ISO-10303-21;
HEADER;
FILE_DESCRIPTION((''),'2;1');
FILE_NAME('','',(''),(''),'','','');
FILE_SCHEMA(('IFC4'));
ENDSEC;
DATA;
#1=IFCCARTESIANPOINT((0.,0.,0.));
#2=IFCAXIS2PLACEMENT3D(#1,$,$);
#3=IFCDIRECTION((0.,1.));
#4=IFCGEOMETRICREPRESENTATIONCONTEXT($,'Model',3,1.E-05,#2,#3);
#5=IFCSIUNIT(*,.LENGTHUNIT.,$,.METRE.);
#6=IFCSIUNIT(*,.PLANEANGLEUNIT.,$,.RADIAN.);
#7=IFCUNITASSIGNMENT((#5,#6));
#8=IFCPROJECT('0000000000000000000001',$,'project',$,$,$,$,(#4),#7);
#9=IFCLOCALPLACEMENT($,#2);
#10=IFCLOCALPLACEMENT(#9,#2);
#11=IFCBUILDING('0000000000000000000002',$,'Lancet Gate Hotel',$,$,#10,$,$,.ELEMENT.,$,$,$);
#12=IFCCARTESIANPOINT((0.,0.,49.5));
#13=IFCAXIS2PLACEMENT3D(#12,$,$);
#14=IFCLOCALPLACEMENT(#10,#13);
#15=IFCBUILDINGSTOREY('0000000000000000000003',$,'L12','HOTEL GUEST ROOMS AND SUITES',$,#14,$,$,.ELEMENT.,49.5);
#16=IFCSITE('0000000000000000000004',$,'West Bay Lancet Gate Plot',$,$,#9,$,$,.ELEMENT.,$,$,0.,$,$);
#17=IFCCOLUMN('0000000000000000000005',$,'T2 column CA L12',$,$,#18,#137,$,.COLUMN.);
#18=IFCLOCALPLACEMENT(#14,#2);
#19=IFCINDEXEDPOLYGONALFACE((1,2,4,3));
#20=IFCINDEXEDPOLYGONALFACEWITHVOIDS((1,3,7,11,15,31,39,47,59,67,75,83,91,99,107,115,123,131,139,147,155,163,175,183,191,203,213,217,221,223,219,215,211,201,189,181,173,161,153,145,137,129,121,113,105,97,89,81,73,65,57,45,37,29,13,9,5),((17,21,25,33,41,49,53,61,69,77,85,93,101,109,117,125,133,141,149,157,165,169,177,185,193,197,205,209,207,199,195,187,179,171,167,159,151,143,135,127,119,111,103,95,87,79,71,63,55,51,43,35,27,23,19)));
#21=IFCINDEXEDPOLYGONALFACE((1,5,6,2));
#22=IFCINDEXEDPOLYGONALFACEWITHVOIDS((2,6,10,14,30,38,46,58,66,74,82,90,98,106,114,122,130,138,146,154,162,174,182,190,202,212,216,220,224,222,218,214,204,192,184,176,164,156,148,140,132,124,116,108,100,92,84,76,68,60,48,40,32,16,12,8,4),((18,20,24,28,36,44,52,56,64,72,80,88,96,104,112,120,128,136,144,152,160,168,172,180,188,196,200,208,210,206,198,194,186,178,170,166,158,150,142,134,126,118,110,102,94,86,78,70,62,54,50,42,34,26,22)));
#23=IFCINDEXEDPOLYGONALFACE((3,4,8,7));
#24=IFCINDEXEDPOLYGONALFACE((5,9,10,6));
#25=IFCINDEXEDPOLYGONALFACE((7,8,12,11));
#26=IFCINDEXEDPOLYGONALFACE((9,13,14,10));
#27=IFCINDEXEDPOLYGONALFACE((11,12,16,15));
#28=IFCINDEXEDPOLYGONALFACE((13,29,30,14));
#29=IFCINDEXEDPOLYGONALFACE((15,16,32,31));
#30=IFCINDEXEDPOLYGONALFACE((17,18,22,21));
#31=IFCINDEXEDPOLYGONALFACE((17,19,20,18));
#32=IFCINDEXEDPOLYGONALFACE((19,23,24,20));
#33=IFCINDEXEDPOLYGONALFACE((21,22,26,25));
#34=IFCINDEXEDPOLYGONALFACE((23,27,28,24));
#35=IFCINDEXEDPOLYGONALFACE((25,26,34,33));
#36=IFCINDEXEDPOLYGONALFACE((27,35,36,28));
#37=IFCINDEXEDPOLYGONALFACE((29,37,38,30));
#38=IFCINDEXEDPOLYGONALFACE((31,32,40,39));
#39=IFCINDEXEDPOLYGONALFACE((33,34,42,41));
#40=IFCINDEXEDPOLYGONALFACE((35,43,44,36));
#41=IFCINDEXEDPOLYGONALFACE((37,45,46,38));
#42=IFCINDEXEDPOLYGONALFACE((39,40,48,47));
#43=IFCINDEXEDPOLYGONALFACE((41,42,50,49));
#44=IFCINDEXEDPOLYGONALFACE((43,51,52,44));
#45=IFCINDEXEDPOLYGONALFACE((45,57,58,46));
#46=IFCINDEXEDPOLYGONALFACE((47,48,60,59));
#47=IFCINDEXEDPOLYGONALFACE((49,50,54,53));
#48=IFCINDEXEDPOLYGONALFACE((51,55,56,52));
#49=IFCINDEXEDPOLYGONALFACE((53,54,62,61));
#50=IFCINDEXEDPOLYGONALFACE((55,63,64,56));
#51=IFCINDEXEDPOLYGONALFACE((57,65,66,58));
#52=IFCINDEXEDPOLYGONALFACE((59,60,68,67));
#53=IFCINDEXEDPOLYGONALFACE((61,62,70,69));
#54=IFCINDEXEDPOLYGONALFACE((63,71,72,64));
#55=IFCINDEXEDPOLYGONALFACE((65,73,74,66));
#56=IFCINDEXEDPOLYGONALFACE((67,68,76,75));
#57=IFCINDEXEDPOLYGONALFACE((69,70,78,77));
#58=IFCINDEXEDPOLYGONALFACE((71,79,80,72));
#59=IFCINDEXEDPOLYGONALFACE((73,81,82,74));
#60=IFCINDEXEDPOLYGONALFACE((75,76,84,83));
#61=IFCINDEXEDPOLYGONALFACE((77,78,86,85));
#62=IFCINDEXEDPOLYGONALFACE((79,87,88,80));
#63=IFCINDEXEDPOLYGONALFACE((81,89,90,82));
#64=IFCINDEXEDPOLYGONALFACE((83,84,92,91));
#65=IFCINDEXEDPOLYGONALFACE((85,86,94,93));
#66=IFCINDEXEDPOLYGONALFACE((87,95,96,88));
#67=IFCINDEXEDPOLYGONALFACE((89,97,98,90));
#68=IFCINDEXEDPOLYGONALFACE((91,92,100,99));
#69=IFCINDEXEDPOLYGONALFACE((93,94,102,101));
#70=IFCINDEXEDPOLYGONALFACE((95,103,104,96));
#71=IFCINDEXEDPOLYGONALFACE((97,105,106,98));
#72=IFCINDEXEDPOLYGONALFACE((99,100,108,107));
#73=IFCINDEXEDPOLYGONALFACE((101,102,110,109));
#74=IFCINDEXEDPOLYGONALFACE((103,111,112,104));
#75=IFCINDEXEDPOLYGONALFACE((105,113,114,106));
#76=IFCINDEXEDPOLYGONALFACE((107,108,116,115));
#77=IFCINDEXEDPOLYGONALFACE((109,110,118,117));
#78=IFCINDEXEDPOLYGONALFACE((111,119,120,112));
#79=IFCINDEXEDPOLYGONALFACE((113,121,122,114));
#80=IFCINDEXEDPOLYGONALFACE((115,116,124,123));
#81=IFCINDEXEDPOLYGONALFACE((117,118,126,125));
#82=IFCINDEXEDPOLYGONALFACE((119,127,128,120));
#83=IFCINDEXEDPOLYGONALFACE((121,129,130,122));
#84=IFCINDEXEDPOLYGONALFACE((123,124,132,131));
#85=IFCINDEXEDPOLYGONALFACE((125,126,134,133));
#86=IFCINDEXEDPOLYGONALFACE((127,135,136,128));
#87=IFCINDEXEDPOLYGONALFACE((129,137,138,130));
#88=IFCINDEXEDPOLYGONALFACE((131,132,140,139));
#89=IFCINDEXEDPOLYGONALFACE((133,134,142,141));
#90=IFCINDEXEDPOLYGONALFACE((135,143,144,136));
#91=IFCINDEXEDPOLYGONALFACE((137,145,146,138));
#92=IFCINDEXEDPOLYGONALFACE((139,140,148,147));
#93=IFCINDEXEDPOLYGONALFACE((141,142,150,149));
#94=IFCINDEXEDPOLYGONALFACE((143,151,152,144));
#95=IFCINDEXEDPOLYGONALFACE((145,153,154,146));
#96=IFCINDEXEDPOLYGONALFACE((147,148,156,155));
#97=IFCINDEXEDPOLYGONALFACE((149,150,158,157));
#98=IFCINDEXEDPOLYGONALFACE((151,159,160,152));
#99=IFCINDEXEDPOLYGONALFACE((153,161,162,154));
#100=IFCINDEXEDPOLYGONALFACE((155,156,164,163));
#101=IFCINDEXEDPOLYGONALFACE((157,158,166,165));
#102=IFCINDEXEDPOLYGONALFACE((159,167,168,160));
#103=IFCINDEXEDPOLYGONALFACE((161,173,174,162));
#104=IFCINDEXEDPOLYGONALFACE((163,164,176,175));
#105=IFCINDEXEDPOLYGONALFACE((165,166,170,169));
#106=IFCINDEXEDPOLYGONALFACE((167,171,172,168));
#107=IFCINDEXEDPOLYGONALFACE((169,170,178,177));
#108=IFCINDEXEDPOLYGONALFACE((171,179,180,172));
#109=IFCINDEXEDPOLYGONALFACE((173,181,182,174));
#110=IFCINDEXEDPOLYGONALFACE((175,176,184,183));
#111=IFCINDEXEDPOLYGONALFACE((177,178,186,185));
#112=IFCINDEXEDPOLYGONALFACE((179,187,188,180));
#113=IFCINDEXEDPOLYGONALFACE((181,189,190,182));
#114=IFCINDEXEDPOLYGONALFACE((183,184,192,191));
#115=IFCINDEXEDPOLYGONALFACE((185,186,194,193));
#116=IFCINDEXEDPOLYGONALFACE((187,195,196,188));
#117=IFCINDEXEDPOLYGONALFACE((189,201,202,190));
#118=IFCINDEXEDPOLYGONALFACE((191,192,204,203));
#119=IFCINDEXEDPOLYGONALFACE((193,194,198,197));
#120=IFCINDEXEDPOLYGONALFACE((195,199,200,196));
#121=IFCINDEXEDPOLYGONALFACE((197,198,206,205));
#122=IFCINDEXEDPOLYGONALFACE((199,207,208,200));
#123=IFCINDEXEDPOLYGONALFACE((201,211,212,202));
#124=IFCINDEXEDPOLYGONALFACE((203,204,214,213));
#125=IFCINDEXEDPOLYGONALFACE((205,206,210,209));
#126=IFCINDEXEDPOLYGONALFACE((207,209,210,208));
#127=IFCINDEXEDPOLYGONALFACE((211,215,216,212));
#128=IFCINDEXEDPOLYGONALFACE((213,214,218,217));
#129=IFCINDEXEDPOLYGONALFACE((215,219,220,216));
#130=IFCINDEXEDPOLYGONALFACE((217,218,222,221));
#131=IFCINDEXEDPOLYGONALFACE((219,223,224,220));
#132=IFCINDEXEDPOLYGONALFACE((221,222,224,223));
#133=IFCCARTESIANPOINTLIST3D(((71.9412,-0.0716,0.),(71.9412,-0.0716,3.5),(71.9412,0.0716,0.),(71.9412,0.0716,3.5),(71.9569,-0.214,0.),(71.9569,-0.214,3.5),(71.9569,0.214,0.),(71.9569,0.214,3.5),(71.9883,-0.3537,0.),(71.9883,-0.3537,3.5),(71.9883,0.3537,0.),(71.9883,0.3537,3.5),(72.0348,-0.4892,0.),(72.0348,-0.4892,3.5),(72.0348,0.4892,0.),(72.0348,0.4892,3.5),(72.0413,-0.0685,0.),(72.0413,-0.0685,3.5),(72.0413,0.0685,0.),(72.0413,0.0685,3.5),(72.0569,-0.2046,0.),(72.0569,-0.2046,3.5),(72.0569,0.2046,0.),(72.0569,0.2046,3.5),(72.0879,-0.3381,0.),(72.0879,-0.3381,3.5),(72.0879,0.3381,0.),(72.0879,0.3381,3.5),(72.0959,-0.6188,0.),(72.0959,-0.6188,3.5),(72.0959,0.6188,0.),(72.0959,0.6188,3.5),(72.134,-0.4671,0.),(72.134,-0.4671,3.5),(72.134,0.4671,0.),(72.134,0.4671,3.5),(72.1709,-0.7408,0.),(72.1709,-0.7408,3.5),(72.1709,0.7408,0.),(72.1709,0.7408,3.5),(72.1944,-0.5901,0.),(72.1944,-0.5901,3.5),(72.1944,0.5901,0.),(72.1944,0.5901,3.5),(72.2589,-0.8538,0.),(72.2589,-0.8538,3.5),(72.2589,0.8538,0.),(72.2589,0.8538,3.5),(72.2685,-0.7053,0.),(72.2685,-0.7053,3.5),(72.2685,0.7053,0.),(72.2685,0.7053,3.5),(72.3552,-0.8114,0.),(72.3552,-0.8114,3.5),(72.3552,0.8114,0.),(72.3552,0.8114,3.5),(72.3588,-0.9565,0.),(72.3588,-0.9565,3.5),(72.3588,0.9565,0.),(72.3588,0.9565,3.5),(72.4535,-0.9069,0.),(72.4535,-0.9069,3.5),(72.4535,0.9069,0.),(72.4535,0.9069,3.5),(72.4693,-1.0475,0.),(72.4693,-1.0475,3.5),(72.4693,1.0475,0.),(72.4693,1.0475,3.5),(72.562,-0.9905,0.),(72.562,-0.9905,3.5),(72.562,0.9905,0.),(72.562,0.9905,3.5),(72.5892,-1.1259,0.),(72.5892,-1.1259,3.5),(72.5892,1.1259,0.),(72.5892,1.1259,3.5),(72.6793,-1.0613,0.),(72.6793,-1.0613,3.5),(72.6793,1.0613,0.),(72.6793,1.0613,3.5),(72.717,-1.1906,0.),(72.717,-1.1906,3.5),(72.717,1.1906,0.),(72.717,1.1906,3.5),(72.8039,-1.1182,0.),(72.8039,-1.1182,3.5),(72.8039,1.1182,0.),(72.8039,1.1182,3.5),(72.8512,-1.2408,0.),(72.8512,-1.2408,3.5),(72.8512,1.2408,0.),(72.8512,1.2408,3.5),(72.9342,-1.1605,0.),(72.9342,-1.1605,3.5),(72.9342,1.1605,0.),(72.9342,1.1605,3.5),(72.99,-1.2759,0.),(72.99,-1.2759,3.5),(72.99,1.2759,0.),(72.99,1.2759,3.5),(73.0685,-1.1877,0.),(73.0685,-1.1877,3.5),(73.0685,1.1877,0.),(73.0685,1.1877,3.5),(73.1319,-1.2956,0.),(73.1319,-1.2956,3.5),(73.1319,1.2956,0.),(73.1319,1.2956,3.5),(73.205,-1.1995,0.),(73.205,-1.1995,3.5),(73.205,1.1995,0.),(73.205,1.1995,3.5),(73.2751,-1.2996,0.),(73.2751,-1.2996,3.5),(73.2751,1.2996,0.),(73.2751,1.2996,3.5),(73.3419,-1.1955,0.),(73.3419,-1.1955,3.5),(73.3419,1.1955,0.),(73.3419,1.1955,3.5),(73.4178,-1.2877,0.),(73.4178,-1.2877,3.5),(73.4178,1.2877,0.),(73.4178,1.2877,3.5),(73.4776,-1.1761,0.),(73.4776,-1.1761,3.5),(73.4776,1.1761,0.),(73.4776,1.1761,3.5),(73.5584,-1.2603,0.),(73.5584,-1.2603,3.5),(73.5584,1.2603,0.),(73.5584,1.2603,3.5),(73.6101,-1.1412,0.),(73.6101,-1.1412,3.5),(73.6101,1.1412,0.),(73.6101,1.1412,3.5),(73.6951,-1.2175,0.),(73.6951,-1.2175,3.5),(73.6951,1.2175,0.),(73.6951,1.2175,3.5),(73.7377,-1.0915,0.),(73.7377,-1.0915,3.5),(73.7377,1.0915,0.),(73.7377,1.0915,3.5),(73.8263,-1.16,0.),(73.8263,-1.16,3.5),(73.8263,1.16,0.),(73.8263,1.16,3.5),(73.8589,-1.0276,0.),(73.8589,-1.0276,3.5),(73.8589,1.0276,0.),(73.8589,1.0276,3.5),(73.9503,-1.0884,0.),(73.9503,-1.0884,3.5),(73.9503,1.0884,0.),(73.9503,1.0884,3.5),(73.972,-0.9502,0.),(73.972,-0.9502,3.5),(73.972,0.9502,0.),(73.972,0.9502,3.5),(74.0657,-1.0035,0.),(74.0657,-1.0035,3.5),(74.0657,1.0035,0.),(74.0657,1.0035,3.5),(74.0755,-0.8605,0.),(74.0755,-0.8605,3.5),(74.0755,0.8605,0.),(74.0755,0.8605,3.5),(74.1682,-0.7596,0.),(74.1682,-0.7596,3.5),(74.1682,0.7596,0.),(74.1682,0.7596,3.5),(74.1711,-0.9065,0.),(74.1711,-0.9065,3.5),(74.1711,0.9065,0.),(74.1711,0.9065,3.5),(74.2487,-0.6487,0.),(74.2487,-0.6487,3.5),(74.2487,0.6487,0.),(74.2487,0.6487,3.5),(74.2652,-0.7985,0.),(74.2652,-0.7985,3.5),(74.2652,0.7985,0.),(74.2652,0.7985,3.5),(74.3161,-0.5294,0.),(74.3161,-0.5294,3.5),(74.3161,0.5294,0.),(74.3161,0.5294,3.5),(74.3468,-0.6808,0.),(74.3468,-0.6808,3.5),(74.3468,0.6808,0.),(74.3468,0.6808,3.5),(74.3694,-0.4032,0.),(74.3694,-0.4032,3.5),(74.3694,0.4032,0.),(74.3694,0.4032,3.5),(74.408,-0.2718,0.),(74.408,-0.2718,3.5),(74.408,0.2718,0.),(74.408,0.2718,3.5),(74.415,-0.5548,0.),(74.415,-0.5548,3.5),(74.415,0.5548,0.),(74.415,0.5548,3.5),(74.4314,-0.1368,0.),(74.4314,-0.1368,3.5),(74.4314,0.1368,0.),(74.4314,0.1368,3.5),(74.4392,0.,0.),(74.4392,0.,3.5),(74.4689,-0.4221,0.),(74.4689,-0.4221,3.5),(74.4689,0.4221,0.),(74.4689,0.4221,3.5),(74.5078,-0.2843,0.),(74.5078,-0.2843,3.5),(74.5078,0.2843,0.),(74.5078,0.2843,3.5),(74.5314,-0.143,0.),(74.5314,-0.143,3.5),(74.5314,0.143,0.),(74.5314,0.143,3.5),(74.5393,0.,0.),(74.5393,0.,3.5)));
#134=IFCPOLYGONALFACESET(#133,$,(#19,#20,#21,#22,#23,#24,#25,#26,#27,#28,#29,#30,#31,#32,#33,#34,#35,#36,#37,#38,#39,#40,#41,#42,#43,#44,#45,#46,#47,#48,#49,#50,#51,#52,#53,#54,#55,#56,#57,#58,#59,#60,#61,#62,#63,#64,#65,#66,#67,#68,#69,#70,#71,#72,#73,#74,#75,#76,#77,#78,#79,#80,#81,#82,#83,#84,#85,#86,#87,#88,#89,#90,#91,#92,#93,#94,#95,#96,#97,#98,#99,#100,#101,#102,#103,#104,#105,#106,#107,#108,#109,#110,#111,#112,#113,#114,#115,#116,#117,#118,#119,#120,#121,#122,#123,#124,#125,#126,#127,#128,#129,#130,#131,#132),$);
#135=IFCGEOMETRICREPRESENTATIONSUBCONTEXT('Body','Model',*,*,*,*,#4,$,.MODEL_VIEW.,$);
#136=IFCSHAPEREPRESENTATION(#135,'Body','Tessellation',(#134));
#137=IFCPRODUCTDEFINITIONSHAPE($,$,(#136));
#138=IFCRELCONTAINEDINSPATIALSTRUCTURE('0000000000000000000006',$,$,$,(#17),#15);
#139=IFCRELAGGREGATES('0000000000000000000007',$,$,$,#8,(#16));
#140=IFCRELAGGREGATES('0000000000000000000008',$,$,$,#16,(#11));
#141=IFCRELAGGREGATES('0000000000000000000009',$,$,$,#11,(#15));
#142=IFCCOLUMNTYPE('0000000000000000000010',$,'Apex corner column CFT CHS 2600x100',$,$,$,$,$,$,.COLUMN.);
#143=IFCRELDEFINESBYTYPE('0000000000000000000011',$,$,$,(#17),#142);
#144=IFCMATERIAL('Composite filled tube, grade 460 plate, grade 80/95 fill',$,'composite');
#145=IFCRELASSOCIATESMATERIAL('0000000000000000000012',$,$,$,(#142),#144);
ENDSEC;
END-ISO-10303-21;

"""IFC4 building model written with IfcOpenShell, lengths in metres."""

from ifc_helpers import new_model, si_unit, direction, frame, origin, origin_2d, place, context, subcontext, project, spatial, hollow_circle, extrude, material, material_profile, profile_set, type_object, element, save


model = new_model("IFC4")

# Units and contexts
model_context = context("Model", 3, precision=1e-05, world=origin(), true_north=direction((0.0, 1.0)))
body_context = subcontext(model_context, "Body", "Model", "MODEL_VIEW")
ifc_project = project(units=[si_unit("LENGTHUNIT", "METRE"), si_unit("PLANEANGLEUNIT", "RADIAN")], contexts=[model_context])

# Site, building, storey
site_placement = place(None, origin())
site = spatial("IfcSite", under=ifc_project, at=site_placement, Name="West Bay Lancet Gate Plot", CompositionType="ELEMENT", RefElevation=0.0)
building_placement = place(site_placement, origin())
building = spatial("IfcBuilding", under=site, at=building_placement, Name="Lancet Gate Hotel", CompositionType="ELEMENT")
storey_placement = place(building_placement, frame((0.0, 0.0, 49.5)))
storey = spatial("IfcBuildingStorey", under=building, at=storey_placement, Name="L12", Description="HOTEL GUEST ROOMS AND SUITES", CompositionType="ELEMENT", Elevation=49.5)

# Column
ifc_material_1 = material(Name="Composite filled tube, grade 460 plate, grade 80/95 fill", Category="composite")
ifc_material_profile_1 = material_profile(ifc_material_1, hollow_circle(Radius=1.3, WallThickness=0.1001, at=origin_2d()), Name="CHS 2600x100")
ifc_profile_set_1 = profile_set([ifc_material_profile_1], Name="Composite filled tube, grade 460 plate, grade 80/95 fill")
column_type_1 = type_object("IfcColumnType", Name="Apex corner column CFT CHS 2600x100", PredefinedType="COLUMN", material=ifc_profile_set_1)
column_1_placement = place(storey_placement, frame((73.2393, 0.0, 0.0), z_axis=(0.0, 0.0, 1.0), x_axis=(1.0, 0.0, 0.0)))
element("IfcColumn", 1, at=column_1_placement, inside=storey, type_object=column_type_1, Name="T2 column CA L12", PredefinedType="COLUMN", context=body_context, shape_type="SweptSolid", body=[
    extrude(hollow_circle(Radius=1.3, WallThickness=0.1001, at=origin_2d()), origin(), (0.0, 0.0, 1.0), 3.5),
])

save(model, "model.ifc")
